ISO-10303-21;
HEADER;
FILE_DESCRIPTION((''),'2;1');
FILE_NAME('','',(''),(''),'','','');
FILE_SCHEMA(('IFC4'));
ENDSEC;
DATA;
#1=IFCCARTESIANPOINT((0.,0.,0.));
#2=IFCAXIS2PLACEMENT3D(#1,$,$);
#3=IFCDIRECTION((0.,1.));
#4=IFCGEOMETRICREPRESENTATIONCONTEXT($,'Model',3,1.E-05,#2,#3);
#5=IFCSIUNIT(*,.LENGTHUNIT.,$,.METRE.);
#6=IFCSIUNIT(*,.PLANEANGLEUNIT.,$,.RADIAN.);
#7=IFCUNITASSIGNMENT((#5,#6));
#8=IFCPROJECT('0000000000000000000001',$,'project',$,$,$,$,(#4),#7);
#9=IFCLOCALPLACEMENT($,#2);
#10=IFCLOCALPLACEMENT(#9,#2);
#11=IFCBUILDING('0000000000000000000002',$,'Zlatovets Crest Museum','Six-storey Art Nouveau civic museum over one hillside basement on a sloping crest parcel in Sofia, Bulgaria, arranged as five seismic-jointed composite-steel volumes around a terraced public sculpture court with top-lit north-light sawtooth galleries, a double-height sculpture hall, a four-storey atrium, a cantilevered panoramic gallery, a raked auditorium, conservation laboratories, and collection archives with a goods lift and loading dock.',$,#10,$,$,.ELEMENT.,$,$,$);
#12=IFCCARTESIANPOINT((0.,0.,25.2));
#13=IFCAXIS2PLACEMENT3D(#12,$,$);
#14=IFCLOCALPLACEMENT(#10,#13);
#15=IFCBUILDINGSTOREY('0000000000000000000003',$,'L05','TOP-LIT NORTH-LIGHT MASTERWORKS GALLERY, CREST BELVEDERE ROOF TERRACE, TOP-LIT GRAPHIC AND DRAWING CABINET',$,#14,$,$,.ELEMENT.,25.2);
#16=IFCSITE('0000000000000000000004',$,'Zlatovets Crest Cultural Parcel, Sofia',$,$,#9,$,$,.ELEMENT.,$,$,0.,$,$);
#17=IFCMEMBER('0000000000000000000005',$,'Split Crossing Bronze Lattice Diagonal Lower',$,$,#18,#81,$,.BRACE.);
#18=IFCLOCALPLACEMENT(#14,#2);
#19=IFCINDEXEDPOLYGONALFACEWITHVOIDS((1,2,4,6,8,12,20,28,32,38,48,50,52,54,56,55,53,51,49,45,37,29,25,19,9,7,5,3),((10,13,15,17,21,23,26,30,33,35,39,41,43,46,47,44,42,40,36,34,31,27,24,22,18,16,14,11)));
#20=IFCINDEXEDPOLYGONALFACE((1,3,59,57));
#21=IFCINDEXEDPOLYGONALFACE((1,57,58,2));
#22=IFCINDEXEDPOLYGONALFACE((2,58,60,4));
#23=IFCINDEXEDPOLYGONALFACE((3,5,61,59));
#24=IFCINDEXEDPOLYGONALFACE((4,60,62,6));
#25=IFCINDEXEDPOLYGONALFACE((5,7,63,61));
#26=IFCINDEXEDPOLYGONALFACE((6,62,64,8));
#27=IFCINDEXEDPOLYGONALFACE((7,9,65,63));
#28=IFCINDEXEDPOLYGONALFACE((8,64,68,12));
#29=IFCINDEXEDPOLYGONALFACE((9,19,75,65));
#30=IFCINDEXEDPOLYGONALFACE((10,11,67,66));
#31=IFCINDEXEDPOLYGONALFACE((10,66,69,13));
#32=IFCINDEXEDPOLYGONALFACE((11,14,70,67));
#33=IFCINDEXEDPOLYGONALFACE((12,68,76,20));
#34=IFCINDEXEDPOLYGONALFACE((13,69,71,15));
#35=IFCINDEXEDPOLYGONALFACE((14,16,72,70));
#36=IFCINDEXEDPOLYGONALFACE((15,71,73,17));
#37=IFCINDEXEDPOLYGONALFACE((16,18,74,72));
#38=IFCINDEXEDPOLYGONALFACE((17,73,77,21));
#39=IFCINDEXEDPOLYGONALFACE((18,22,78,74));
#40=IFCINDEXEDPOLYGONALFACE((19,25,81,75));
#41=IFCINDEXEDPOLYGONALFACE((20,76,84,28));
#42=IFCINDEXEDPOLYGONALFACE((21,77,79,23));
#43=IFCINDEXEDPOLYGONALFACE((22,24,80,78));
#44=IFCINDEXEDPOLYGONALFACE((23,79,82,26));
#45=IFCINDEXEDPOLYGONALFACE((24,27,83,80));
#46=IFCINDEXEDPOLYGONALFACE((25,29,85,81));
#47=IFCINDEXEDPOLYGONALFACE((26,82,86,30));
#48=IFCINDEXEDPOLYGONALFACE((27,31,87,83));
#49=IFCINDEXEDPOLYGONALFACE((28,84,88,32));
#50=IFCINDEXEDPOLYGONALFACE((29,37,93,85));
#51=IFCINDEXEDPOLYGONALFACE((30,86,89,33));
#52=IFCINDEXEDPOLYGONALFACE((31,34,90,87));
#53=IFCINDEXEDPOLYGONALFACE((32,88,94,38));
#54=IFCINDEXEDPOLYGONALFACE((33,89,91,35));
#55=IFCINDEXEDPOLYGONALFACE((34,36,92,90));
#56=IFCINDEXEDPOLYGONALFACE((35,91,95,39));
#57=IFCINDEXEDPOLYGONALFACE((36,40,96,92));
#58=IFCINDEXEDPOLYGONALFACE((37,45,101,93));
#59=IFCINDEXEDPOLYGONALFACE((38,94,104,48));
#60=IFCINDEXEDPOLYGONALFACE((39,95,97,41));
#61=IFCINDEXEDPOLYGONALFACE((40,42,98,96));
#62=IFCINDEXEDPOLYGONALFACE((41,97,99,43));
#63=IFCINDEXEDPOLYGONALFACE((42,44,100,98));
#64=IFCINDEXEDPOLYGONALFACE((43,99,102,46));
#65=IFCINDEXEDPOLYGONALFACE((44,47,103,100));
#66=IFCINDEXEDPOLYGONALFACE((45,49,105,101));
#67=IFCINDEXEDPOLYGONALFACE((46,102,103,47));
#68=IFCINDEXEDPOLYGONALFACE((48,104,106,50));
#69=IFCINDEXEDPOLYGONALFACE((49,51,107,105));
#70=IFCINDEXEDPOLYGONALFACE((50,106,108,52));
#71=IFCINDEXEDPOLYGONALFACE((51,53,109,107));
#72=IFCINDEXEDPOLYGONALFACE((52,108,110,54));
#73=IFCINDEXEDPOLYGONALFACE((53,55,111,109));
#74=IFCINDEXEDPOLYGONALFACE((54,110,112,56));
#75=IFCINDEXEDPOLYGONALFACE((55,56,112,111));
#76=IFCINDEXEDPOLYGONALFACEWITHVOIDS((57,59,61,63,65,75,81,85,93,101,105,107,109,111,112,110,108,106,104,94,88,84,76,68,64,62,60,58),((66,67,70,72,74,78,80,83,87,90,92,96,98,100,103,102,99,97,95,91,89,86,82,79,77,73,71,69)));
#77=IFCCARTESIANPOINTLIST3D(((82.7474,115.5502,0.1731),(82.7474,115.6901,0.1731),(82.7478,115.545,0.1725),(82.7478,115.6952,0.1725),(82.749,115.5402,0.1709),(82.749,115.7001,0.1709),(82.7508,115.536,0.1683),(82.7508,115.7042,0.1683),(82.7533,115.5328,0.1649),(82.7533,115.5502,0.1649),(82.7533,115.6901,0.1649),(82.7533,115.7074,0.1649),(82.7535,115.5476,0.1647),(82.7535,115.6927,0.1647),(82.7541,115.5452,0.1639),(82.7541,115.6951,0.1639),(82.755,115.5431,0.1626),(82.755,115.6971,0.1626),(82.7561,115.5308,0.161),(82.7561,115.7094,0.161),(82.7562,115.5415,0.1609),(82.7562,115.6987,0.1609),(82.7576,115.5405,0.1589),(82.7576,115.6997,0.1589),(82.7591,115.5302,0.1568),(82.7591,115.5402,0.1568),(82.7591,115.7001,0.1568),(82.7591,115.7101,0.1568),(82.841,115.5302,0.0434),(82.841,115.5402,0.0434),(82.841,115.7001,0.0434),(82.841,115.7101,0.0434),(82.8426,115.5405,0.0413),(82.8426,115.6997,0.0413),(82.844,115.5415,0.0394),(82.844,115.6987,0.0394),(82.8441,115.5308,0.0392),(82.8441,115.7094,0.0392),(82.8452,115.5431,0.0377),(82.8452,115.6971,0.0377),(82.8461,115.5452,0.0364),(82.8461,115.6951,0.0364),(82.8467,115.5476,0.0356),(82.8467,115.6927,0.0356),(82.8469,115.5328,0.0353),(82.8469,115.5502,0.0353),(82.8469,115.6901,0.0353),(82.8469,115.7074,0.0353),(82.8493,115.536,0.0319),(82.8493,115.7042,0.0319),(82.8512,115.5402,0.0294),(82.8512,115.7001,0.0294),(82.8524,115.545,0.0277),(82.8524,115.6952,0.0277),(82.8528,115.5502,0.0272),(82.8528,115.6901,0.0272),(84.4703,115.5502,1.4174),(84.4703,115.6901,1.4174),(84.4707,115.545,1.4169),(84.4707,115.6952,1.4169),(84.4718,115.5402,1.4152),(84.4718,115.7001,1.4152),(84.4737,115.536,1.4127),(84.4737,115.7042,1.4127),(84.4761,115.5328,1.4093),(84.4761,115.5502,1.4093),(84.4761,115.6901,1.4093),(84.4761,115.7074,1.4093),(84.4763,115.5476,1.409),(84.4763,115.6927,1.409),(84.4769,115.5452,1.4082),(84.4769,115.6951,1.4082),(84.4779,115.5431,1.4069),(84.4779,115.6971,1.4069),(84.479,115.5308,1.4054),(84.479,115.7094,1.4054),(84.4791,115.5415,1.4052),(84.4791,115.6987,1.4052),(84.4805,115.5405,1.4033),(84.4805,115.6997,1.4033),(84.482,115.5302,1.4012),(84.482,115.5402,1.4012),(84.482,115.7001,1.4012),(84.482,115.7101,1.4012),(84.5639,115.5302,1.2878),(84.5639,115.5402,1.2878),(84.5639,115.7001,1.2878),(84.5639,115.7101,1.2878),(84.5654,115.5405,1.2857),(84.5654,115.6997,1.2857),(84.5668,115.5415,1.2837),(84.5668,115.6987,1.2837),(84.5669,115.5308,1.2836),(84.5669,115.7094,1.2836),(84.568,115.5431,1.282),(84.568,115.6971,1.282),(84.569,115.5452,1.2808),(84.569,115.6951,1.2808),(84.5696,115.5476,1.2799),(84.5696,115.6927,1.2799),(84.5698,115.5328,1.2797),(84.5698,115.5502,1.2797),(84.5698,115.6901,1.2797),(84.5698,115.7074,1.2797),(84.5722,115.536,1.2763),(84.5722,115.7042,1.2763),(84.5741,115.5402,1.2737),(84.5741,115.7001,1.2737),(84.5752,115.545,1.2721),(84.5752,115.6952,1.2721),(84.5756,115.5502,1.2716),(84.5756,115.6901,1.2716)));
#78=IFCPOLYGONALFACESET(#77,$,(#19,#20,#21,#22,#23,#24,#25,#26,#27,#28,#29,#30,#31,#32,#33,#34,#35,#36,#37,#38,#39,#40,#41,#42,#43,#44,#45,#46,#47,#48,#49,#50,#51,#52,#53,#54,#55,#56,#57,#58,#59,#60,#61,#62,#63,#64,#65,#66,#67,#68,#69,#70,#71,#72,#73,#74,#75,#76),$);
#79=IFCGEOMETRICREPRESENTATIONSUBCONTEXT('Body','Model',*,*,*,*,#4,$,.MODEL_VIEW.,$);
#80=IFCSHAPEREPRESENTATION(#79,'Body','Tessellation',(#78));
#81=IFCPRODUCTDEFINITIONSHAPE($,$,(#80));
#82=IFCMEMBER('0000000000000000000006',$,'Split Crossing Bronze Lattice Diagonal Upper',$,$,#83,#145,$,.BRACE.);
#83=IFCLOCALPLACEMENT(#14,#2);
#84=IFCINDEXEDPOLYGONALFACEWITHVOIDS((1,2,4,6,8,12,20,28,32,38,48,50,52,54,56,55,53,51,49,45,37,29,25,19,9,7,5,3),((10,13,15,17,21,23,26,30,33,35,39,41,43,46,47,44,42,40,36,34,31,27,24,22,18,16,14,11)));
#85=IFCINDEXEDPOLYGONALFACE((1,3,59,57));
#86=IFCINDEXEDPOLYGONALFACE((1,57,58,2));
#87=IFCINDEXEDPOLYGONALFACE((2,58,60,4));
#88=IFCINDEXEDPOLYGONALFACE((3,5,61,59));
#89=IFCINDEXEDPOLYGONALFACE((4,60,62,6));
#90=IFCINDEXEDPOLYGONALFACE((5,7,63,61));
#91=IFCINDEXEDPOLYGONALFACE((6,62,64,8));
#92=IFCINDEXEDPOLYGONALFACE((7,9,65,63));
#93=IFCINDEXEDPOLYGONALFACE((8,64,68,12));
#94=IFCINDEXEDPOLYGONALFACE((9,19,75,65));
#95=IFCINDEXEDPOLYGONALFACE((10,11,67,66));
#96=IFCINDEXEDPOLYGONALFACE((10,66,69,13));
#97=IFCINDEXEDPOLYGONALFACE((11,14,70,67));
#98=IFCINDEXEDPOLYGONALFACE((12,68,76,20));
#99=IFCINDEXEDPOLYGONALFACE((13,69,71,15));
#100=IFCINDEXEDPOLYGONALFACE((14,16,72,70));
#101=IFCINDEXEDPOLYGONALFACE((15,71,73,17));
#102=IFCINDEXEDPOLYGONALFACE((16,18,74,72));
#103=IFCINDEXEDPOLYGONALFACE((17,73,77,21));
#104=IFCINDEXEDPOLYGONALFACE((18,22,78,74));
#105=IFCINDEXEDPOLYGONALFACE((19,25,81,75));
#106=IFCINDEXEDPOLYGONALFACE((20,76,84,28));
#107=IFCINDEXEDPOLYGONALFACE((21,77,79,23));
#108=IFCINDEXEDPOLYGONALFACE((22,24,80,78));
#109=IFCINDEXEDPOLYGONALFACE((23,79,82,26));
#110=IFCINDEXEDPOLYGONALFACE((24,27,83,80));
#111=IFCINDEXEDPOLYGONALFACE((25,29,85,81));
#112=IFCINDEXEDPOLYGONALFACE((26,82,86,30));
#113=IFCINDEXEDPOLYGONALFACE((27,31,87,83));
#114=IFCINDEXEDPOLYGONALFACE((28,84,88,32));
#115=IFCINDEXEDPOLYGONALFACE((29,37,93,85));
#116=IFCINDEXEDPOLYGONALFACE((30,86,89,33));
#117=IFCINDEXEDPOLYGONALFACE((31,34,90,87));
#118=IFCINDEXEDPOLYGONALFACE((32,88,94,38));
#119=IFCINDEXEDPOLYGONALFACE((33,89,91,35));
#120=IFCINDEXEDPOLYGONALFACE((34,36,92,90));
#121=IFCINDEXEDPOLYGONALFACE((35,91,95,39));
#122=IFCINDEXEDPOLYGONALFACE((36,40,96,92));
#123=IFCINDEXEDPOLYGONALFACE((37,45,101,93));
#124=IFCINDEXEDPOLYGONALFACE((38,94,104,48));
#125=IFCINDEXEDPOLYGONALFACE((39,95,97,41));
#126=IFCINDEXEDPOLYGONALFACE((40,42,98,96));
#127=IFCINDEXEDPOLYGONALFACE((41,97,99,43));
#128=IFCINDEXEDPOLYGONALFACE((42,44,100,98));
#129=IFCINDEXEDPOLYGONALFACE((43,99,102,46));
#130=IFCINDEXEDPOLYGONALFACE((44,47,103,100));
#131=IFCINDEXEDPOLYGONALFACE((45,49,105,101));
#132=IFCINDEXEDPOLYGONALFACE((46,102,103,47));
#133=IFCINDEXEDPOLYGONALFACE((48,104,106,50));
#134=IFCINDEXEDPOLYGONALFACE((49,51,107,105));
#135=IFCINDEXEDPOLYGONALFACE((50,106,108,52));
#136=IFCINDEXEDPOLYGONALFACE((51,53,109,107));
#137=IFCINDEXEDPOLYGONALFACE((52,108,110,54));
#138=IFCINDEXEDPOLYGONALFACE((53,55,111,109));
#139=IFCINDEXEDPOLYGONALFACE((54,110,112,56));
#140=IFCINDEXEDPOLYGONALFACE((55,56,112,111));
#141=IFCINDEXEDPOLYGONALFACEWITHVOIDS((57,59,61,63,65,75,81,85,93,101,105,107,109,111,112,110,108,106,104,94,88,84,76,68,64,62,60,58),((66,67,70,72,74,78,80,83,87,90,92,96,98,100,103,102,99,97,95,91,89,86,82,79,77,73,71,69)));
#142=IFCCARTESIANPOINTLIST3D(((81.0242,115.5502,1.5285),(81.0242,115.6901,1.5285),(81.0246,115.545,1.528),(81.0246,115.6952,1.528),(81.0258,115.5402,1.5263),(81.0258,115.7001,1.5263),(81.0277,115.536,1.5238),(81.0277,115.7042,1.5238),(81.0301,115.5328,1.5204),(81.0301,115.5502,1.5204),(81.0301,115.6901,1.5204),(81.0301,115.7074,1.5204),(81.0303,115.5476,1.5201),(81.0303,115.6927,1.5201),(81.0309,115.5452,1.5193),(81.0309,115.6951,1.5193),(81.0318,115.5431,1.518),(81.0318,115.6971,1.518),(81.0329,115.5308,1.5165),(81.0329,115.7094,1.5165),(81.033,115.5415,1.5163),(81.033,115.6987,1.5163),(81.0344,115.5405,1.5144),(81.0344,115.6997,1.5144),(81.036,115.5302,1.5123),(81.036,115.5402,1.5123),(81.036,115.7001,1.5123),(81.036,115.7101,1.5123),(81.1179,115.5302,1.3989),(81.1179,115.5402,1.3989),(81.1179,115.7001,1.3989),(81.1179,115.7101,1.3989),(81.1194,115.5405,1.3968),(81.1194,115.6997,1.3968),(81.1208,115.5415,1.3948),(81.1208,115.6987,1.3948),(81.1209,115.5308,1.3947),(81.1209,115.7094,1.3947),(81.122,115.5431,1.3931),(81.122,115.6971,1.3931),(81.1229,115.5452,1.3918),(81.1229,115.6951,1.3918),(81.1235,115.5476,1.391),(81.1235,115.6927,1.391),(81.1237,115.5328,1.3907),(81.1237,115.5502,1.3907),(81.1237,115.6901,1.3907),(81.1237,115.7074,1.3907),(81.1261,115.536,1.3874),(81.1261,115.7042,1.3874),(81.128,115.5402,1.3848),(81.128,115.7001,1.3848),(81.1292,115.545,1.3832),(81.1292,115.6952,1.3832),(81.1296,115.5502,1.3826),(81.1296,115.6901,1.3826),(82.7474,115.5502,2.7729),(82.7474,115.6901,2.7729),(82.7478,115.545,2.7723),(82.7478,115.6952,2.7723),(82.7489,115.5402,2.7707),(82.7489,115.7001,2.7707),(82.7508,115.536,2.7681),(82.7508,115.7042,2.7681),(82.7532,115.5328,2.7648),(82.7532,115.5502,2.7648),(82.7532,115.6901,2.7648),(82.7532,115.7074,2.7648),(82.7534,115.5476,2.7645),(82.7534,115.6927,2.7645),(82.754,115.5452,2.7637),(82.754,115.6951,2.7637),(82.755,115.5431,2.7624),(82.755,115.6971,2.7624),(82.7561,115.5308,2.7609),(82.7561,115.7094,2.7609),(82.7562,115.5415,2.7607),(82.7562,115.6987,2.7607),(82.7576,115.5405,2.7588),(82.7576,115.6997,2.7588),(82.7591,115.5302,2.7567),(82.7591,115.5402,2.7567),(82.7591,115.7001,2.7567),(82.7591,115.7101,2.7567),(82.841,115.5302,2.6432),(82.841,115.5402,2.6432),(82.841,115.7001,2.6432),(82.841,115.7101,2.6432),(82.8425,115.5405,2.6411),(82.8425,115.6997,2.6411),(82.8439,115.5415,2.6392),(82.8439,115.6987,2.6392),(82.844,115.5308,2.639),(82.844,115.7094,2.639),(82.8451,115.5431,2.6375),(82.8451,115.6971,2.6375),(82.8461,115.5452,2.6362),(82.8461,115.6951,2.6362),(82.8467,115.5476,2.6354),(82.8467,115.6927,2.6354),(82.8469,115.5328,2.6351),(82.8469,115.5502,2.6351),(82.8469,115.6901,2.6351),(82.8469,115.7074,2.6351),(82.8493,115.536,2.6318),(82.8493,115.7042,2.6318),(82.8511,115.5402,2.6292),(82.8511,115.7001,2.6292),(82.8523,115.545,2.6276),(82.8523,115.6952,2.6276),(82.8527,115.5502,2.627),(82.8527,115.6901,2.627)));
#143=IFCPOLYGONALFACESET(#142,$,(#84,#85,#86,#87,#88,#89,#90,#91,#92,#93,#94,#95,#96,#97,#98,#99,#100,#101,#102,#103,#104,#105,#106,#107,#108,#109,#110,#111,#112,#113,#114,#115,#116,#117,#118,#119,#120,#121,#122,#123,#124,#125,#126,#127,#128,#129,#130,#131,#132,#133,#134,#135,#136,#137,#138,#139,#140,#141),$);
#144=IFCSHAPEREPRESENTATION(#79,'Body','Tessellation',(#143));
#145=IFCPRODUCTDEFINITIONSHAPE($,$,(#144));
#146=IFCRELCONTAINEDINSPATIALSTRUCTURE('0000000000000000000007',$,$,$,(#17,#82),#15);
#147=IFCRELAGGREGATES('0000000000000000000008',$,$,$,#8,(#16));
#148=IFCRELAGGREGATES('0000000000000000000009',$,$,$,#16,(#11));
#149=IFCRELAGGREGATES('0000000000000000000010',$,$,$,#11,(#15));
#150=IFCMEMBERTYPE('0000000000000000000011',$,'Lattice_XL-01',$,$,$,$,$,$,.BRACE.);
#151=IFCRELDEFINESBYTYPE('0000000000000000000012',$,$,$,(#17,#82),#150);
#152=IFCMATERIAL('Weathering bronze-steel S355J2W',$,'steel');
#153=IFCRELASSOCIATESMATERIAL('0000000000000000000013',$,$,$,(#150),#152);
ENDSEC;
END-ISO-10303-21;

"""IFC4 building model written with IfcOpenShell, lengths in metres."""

from ifc_helpers import new_model, si_unit, direction, frame, origin, origin_2d, place, context, subcontext, project, spatial, hollow_rectangle, extrude, material, material_profile, profile_set, type_object, element, save


model = new_model("IFC4")

# Units and contexts
model_context = context("Model", 3, precision=1e-05, world=origin(), true_north=direction((0.0, 1.0)))
body_context = subcontext(model_context, "Body", "Model", "MODEL_VIEW")
ifc_project = project(units=[si_unit("LENGTHUNIT", "METRE"), si_unit("PLANEANGLEUNIT", "RADIAN")], contexts=[model_context])

# Site, building, storey
site_placement = place(None, origin())
site = spatial("IfcSite", under=ifc_project, at=site_placement, Name="Zlatovets Crest Cultural Parcel, Sofia", CompositionType="ELEMENT", RefElevation=0.0)
building_placement = place(site_placement, origin())
building = spatial("IfcBuilding", under=site, at=building_placement, Name="Zlatovets Crest Museum", Description="Six-storey Art Nouveau civic museum over one hillside basement on a sloping crest parcel in Sofia, Bulgaria, arranged as five seismic-jointed composite-steel volumes around a terraced public sculpture court with top-lit north-light sawtooth galleries, a double-height sculpture hall, a four-storey atrium, a cantilevered panoramic gallery, a raked auditorium, conservation laboratories, and collection archives with a goods lift and loading dock.", CompositionType="ELEMENT")
storey_placement = place(building_placement, frame((0.0, 0.0, 25.2)))
storey = spatial("IfcBuildingStorey", under=building, at=storey_placement, Name="L05", Description="TOP-LIT NORTH-LIGHT MASTERWORKS GALLERY, CREST BELVEDERE ROOF TERRACE, TOP-LIT GRAPHIC AND DRAWING CABINET", CompositionType="ELEMENT", Elevation=25.2)

# Members
ifc_material_1 = material(Name="Weathering bronze-steel S355J2W", Category="steel")
ifc_material_profile_1 = material_profile(ifc_material_1, hollow_rectangle(XDim=0.1799, YDim=0.1799, WallThickness=0.01, InnerFilletRadius=0.01, OuterFilletRadius=0.02, at=origin_2d()), Name="SHS 180x180x10.0")
ifc_profile_set_1 = profile_set([ifc_material_profile_1], Name="Weathering bronze-steel S355J2W")
member_type_1 = type_object("IfcMemberType", Name="Lattice_XL-01", PredefinedType="BRACE", material=ifc_profile_set_1)
for number, where, z_axis, x_axis, name in (
    (1, (84.5229, 115.6201, 1.3445), (-0.810664, 0.0, -0.585512), (0.0, -1.0, 0.0), "Split Crossing Bronze Lattice Diagonal Lower"),
):
    element("IfcMember", number, at=place(storey_placement, frame(where, z_axis=z_axis, x_axis=x_axis)), inside=storey, type_object=member_type_1, Name=name, PredefinedType="BRACE", context=body_context, shape_type="SweptSolid", body=[
        extrude(hollow_rectangle(XDim=0.1799, YDim=0.1799, WallThickness=0.01, InnerFilletRadius=0.01, OuterFilletRadius=0.02, at=origin_2d()), origin(), (0.0, 0.0, 1.0), 2.1252),
    ])
member_1_placement = place(storey_placement, frame((82.8, 115.6201, 2.7), z_axis=(-0.810703, 0.0, -0.585457), x_axis=(0.0, -1.0, 0.0)))
element("IfcMember", 2, at=member_1_placement, inside=storey, type_object=member_type_1, Name="Split Crossing Bronze Lattice Diagonal Upper", PredefinedType="BRACE", context=body_context, shape_type="SweptSolid", body=[
    extrude(hollow_rectangle(XDim=0.1799, YDim=0.1799, WallThickness=0.01, InnerFilletRadius=0.01, OuterFilletRadius=0.02, at=origin_2d()), origin(), (0.0, 0.0, 1.0), 2.1255),
])

save(model, "model.ifc")
